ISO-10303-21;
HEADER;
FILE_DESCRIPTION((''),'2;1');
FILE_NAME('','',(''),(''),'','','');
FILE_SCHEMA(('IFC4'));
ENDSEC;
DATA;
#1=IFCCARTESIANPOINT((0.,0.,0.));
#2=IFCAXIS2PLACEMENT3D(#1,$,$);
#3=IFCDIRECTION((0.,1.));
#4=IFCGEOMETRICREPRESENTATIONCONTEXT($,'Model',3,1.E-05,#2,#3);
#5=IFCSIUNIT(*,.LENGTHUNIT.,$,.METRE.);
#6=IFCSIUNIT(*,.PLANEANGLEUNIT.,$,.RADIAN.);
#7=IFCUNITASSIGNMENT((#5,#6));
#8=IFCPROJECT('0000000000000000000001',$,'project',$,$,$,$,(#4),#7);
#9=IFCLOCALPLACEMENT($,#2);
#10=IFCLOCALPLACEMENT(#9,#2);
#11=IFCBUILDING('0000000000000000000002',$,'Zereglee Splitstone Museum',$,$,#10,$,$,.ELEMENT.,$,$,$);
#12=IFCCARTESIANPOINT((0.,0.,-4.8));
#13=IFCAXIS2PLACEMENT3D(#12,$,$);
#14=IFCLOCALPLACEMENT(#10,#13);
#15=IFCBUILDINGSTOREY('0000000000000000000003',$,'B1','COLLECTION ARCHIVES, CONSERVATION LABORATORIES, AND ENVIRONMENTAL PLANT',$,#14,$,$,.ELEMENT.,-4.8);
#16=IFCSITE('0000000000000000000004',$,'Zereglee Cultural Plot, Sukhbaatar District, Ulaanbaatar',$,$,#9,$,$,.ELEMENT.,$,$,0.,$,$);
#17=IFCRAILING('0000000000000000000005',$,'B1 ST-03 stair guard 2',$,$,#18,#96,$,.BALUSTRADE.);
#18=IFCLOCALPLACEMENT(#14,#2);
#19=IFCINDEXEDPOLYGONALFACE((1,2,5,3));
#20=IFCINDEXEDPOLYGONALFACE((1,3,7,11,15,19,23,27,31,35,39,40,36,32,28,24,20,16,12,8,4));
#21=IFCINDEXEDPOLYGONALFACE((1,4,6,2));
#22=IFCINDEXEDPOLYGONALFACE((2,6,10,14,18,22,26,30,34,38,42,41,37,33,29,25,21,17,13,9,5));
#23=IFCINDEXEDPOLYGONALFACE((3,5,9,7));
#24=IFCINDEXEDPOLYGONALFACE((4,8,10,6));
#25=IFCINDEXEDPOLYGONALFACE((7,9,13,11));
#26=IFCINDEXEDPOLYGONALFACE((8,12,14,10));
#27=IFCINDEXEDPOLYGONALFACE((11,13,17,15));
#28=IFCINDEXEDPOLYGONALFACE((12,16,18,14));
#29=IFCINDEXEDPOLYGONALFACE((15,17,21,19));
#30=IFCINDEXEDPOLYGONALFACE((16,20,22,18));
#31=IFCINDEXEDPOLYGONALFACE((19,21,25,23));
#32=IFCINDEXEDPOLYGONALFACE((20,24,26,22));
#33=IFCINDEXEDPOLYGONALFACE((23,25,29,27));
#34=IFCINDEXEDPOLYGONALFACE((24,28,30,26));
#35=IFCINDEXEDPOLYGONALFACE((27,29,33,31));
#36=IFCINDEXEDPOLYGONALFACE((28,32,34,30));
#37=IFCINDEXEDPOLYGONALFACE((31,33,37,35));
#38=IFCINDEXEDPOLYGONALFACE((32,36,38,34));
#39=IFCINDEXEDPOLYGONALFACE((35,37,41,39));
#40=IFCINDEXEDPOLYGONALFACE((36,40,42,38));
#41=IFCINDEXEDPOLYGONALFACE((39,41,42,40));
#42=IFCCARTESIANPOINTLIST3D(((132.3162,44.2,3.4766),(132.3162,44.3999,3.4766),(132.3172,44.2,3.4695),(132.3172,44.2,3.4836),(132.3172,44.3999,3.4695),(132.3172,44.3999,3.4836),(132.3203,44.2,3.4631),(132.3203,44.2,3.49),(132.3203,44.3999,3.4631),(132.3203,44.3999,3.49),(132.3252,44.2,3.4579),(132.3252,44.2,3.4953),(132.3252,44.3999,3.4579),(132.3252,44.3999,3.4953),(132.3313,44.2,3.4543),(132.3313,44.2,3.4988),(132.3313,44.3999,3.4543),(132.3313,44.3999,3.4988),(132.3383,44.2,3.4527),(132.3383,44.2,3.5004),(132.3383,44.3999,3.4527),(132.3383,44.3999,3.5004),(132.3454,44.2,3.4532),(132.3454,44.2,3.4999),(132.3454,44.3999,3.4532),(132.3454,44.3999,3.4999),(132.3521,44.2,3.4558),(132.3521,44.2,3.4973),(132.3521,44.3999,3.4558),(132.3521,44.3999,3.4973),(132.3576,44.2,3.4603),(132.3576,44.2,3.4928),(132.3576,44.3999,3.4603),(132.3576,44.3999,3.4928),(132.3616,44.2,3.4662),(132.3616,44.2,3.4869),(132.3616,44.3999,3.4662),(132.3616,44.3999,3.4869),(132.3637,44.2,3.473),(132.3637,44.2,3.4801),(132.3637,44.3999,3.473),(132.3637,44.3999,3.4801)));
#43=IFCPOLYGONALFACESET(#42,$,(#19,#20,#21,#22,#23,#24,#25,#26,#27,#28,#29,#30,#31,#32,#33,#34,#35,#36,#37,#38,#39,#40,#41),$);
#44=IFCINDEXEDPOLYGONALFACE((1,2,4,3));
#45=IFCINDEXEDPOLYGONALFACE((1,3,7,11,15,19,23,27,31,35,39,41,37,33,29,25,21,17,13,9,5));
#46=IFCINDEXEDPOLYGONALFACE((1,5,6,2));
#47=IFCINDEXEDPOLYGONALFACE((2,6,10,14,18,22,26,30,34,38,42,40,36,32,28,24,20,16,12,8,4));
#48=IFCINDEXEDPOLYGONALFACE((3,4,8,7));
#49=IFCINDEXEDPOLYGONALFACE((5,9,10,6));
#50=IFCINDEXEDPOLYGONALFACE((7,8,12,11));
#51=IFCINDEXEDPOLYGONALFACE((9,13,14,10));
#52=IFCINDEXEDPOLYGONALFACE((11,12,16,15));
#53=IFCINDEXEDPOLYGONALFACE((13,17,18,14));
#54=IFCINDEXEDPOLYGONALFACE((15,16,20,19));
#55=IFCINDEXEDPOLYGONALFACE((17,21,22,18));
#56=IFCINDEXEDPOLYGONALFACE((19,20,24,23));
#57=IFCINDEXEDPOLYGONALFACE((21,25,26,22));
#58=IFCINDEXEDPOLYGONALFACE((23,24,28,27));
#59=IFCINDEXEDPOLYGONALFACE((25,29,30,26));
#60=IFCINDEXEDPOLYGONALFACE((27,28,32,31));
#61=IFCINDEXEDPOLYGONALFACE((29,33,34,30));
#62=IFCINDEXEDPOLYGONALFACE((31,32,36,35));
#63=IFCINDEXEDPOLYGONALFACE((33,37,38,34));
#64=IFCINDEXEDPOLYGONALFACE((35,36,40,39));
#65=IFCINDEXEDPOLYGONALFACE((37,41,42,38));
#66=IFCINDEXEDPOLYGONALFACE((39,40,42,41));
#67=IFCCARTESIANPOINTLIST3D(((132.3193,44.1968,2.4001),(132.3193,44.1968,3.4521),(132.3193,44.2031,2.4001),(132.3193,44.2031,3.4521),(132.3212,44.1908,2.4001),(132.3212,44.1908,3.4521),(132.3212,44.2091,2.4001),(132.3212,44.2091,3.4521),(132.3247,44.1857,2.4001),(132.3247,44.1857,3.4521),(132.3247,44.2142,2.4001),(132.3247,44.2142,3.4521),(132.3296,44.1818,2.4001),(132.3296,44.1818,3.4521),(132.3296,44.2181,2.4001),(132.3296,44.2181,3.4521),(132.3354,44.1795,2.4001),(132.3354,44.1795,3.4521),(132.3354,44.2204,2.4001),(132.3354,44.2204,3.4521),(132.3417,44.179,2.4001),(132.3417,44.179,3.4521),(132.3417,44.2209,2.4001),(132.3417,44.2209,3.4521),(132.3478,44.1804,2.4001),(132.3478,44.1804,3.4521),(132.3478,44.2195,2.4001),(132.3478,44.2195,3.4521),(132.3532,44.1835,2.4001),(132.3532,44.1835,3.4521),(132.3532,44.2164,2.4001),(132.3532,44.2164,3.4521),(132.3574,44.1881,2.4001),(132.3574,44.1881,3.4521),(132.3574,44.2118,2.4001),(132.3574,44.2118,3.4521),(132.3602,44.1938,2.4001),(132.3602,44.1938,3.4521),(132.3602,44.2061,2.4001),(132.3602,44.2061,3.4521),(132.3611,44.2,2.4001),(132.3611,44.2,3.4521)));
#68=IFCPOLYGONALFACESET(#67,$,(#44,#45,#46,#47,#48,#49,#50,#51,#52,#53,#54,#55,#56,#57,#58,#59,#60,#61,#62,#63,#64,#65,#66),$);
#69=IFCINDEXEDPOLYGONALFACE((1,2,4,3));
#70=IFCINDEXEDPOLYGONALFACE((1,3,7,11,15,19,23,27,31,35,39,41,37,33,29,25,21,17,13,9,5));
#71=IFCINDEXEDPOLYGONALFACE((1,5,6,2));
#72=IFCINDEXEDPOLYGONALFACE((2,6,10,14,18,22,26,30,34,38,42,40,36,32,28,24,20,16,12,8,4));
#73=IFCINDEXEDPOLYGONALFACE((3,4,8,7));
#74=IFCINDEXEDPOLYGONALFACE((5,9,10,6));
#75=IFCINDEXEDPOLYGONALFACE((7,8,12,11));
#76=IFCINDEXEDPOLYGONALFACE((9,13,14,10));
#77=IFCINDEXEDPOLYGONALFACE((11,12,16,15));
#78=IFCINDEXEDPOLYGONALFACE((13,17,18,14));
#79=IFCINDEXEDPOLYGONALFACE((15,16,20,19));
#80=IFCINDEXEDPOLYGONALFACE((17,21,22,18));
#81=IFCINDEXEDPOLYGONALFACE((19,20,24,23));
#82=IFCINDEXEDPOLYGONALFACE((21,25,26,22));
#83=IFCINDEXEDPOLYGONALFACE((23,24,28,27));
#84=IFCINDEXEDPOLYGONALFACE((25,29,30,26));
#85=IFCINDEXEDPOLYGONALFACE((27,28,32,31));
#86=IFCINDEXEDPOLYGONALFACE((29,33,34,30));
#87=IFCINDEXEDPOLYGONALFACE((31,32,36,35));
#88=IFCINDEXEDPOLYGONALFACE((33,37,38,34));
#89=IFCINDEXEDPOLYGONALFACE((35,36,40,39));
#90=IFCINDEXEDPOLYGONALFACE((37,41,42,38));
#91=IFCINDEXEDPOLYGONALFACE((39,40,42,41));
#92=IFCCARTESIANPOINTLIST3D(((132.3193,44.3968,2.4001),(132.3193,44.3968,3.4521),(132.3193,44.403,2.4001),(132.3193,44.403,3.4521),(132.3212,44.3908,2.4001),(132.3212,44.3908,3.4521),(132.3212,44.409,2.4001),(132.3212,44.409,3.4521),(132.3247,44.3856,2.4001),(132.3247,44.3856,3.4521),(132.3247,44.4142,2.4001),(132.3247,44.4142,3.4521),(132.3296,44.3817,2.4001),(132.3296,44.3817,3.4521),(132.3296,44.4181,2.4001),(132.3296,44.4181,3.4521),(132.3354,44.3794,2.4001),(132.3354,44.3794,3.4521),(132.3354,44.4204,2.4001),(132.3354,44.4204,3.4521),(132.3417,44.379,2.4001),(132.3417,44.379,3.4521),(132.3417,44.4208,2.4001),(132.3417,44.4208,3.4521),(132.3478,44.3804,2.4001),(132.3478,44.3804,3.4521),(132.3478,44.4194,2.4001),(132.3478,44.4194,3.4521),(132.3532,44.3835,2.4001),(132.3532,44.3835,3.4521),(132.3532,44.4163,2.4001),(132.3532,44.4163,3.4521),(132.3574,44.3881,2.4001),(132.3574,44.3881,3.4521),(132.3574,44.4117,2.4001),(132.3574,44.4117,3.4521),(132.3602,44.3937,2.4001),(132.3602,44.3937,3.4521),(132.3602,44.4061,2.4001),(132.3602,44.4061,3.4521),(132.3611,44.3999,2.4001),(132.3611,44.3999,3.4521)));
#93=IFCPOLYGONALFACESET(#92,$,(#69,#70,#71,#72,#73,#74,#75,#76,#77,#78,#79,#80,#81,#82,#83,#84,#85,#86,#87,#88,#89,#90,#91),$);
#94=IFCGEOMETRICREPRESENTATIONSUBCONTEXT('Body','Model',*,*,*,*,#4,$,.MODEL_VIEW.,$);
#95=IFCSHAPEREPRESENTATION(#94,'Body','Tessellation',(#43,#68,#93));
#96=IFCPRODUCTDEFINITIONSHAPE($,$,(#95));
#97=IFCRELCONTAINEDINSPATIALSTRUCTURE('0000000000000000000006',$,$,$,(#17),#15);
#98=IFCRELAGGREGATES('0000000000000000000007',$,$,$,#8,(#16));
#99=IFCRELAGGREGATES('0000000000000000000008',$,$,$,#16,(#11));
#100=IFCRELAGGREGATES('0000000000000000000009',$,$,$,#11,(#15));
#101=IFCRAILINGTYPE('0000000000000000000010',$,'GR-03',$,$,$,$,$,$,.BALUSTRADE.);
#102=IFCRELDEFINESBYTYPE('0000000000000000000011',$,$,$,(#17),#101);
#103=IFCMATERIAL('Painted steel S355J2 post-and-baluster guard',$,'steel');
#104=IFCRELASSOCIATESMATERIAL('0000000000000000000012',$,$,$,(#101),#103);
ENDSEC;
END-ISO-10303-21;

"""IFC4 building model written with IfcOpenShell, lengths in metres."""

from ifc_helpers import new_model, si_unit, direction, frame, origin, origin_2d, place, context, subcontext, project, spatial, circle, extrude, material, type_object, element, save


model = new_model("IFC4")

# Units and contexts
model_context = context("Model", 3, precision=1e-05, world=origin(), true_north=direction((0.0, 1.0)))
body_context = subcontext(model_context, "Body", "Model", "MODEL_VIEW")
ifc_project = project(units=[si_unit("LENGTHUNIT", "METRE"), si_unit("PLANEANGLEUNIT", "RADIAN")], contexts=[model_context])

# Site, building, storey
site_placement = place(None, origin())
site = spatial("IfcSite", under=ifc_project, at=site_placement, Name="Zereglee Cultural Plot, Sukhbaatar District, Ulaanbaatar", CompositionType="ELEMENT", RefElevation=0.0)
building_placement = place(site_placement, origin())
building = spatial("IfcBuilding", under=site, at=building_placement, Name="Zereglee Splitstone Museum", CompositionType="ELEMENT")
storey_placement = place(building_placement, frame((0.0, 0.0, -4.8)))
storey = spatial("IfcBuildingStorey", under=building, at=storey_placement, Name="B1", Description="COLLECTION ARCHIVES, CONSERVATION LABORATORIES, AND ENVIRONMENTAL PLANT", CompositionType="ELEMENT", Elevation=-4.8)

# Railing
ifc_material_1 = material(Name="Painted steel S355J2 post-and-baluster guard", Category="steel")
railing_type_1 = type_object("IfcRailingType", Name="GR-03", PredefinedType="BALUSTRADE", material=ifc_material_1)
railing_1_placement = place(storey_placement, frame((132.3401, 44.2, 2.4001)))
element("IfcRailing", 1, at=railing_1_placement, inside=storey, type_object=railing_type_1, Name="B1 ST-03 stair guard 2", PredefinedType="BALUSTRADE", context=body_context, shape_type="SweptSolid", body=[
    extrude(circle(Radius=0.0239, at=origin_2d()), frame((0.0, 0.0, 1.0764), z_axis=(0.0, 1.0, 0.0), x_axis=(-1.0, 0.0, 0.0)), (0.0, 0.0, 1.0), 0.2),
    extrude(circle(Radius=0.021, at=origin_2d()), origin(), (0.0, 0.0, 1.0), 1.052),
    extrude(circle(Radius=0.021, at=origin_2d()), frame((0.0, 0.2, 0.0)), (0.0, 0.0, 1.0), 1.052),
])

save(model, "model.ifc")
